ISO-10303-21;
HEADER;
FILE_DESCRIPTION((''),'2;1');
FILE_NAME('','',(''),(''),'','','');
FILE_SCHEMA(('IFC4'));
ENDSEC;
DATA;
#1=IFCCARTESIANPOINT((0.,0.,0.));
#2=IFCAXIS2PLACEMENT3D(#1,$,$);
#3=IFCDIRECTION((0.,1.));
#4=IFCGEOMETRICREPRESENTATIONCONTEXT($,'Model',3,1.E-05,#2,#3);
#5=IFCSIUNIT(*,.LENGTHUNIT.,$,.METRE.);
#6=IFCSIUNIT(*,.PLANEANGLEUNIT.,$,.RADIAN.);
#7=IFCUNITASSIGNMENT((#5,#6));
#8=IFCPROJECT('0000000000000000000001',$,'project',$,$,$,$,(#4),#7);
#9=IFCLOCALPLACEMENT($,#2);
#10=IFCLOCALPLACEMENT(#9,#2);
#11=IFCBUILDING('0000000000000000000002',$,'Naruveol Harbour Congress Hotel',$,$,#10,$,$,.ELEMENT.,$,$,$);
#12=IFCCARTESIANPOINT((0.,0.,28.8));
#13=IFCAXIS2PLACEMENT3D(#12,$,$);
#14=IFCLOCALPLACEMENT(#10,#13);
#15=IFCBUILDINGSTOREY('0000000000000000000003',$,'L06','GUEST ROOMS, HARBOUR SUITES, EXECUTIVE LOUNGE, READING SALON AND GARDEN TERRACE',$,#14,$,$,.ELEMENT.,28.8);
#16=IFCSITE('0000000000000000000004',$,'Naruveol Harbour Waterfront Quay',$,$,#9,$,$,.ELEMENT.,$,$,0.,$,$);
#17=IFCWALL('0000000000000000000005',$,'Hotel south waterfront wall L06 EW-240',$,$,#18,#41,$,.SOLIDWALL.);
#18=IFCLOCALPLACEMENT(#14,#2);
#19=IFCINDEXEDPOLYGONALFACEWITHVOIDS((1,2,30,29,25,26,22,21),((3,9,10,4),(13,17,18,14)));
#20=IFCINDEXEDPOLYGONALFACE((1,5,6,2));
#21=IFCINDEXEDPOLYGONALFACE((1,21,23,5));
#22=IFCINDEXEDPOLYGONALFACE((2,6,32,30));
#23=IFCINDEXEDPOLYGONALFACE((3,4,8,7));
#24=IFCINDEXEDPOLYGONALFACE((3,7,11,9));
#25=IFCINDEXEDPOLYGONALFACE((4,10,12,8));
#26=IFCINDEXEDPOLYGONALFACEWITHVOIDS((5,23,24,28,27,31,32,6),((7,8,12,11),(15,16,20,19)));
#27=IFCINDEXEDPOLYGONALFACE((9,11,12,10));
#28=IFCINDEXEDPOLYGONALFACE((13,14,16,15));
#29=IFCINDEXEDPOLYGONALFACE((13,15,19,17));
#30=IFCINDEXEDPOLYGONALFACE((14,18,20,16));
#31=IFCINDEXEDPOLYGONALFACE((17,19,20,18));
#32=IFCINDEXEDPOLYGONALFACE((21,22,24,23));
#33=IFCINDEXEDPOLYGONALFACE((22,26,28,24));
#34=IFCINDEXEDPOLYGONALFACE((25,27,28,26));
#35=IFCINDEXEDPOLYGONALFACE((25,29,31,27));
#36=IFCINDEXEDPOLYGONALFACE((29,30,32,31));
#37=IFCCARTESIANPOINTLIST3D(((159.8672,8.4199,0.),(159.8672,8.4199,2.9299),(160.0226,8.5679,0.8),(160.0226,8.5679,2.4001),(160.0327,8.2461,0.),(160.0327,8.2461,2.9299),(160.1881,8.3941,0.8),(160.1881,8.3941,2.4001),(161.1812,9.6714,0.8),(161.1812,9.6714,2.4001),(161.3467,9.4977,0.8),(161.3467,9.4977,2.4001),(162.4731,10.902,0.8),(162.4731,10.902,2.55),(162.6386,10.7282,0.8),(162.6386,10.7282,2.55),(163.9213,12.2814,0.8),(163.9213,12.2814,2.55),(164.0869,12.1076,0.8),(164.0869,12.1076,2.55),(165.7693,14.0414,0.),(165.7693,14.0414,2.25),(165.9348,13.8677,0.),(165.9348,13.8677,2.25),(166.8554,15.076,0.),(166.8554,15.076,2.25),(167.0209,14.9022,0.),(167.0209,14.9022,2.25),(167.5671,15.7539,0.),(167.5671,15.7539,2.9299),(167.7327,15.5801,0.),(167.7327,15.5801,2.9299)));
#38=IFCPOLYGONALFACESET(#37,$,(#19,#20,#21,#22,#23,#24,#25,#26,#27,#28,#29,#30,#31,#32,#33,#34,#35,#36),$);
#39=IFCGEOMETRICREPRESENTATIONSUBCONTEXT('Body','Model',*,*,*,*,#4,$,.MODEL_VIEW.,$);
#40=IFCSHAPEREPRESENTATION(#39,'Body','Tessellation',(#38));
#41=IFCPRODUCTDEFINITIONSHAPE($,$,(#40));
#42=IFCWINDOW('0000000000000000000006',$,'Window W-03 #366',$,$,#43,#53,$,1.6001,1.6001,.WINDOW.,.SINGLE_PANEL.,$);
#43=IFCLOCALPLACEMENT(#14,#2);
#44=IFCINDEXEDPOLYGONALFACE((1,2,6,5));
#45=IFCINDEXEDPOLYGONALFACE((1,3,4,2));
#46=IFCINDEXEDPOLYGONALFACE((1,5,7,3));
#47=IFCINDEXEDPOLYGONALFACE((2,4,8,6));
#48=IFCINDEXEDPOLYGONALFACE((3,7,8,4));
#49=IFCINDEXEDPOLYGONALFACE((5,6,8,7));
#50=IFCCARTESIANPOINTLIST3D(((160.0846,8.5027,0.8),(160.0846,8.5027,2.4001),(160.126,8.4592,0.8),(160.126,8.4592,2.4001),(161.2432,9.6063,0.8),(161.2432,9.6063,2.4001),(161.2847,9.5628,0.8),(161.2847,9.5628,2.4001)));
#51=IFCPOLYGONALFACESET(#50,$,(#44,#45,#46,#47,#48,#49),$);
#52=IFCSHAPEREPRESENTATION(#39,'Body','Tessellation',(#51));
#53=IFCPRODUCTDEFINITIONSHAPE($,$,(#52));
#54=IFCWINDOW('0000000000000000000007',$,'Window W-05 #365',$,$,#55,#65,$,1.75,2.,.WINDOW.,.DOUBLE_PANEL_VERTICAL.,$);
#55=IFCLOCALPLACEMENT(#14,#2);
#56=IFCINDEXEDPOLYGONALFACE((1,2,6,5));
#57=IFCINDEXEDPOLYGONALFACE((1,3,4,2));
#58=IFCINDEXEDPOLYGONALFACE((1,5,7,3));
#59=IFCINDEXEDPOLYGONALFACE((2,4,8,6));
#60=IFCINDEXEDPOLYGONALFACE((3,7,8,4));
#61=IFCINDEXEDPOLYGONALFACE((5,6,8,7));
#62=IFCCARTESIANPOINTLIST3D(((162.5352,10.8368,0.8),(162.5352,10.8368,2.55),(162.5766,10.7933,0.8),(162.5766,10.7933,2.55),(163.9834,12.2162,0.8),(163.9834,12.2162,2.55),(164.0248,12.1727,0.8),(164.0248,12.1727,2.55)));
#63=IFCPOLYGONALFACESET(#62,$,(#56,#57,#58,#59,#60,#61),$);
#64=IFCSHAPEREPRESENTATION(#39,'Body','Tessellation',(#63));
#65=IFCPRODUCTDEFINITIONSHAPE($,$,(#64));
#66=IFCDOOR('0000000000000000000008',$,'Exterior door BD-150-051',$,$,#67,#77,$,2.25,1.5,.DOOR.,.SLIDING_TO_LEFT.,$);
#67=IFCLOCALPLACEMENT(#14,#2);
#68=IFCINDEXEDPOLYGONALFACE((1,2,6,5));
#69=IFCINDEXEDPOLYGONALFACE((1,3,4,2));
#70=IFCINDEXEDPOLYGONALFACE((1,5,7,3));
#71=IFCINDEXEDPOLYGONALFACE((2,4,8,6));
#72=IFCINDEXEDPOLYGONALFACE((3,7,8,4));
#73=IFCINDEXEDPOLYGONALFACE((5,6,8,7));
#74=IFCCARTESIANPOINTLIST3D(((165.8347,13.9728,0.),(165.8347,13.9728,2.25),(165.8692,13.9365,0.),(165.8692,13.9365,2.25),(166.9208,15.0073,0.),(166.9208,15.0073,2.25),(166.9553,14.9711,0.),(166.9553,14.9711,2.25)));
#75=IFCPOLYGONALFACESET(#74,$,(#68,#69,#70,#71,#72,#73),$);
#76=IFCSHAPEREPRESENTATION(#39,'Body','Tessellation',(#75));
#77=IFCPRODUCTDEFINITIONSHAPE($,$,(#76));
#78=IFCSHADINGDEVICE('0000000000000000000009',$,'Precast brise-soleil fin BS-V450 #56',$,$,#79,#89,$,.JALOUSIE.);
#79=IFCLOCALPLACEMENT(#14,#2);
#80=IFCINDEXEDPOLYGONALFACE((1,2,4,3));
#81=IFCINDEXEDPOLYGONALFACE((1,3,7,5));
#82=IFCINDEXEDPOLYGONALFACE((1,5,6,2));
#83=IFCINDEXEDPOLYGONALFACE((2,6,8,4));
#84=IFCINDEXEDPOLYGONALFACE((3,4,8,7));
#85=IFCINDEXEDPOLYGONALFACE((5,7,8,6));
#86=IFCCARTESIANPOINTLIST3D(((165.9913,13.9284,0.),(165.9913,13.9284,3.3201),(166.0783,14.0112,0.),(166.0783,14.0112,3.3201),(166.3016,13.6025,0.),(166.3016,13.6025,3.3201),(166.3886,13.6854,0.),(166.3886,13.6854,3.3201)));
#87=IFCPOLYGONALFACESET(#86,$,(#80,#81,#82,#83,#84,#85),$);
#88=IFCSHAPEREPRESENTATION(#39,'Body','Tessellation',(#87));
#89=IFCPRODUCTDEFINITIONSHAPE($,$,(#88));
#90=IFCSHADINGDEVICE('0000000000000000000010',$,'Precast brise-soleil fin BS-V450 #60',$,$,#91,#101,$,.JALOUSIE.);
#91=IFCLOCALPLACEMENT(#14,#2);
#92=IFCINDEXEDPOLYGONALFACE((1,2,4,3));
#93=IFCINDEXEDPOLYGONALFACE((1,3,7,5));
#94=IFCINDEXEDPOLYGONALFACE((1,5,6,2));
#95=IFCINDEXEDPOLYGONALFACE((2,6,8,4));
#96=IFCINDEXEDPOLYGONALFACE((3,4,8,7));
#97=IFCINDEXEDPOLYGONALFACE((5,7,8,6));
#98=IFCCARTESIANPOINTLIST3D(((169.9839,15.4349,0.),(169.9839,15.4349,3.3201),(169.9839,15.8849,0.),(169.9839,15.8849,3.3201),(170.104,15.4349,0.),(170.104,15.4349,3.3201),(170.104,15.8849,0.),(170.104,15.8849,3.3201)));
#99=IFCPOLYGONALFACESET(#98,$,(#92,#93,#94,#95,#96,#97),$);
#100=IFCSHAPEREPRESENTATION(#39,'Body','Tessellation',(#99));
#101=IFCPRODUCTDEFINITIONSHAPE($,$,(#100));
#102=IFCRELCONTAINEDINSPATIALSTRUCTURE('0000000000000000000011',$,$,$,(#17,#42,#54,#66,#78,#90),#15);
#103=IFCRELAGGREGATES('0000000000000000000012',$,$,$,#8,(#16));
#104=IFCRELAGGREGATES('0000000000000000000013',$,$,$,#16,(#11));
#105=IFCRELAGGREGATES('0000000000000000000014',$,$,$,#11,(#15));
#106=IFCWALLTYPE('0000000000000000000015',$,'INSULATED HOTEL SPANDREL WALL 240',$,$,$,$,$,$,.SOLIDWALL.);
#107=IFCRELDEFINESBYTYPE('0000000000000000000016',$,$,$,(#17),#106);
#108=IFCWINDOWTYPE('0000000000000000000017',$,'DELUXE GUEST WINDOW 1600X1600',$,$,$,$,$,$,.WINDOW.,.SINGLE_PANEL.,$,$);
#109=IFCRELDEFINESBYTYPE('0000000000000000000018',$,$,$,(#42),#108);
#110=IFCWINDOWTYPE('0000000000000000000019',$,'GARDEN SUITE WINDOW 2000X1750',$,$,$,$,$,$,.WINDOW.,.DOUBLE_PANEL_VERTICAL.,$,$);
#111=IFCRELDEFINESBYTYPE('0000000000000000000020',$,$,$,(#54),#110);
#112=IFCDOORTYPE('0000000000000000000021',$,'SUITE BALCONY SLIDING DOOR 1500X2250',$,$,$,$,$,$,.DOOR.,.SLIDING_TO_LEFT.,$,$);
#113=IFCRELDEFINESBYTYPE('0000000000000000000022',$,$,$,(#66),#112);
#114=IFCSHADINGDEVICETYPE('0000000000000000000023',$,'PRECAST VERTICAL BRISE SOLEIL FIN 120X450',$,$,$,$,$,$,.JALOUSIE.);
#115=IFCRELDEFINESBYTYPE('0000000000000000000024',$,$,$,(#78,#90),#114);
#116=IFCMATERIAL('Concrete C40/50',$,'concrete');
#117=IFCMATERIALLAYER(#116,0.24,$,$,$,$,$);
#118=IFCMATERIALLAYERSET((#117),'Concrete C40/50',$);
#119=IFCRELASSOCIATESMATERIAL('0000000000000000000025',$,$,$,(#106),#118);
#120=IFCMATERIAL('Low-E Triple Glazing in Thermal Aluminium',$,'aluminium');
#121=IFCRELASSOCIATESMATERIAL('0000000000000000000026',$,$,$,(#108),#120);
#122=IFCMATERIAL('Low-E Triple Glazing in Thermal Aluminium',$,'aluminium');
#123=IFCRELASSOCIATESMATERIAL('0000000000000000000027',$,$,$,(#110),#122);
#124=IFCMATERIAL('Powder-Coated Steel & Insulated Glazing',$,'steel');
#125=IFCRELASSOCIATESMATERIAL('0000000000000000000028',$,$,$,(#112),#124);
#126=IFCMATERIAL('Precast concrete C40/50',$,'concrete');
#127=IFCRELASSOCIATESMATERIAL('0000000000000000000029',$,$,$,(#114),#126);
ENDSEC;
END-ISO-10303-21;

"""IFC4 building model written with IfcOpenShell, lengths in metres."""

from ifc_helpers import new_model, si_unit, direction, frame, frame_2d, origin, origin_2d, place, context, subcontext, project, spatial, rectangle, extrude, material, layer, layer_set, type_object, element, fill, save


model = new_model("IFC4")

# Units and contexts
model_context = context("Model", 3, precision=1e-05, world=origin(), true_north=direction((0.0, 1.0)))
body_context = subcontext(model_context, "Body", "Model", "MODEL_VIEW")
ifc_project = project(units=[si_unit("LENGTHUNIT", "METRE"), si_unit("PLANEANGLEUNIT", "RADIAN")], contexts=[model_context])

# Site, building, storey
site_placement = place(None, origin())
site = spatial("IfcSite", under=ifc_project, at=site_placement, Name="Naruveol Harbour Waterfront Quay", CompositionType="ELEMENT", RefElevation=0.0)
building_placement = place(site_placement, origin())
building = spatial("IfcBuilding", under=site, at=building_placement, Name="Naruveol Harbour Congress Hotel", CompositionType="ELEMENT")
storey_placement = place(building_placement, frame((0.0, 0.0, 28.8)))
storey = spatial("IfcBuildingStorey", under=building, at=storey_placement, Name="L06", Description="GUEST ROOMS, HARBOUR SUITES, EXECUTIVE LOUNGE, READING SALON AND GARDEN TERRACE", CompositionType="ELEMENT", Elevation=28.8)

# Wall, openings, windows, door
ifc_material_1 = material(Name="Concrete C40/50", Category="concrete")
ifc_layer_1 = layer(ifc_material_1, 0.24)
ifc_layer_set_1 = layer_set([ifc_layer_1], Name="Concrete C40/50")
wall_type_1 = type_object("IfcWallType", Name="INSULATED HOTEL SPANDREL WALL 240", PredefinedType="SOLIDWALL", material=ifc_layer_set_1)
wall_1_placement = place(storey_placement, frame((167.6499, 15.667, 0.0), z_axis=(0.0, 0.0, 1.0), x_axis=(-0.724105, -0.68969, 0.0)))
wall_1 = element("IfcWall", 1, at=wall_1_placement, inside=storey, type_object=wall_type_1, Name="Hotel south waterfront wall L06 EW-240", PredefinedType="SOLIDWALL", context=body_context, shape_type="SweptSolid", body=[
    extrude(rectangle(XDim=10.6338, YDim=0.24, at=frame_2d((5.3169, 0.0))), origin(), (0.0, 0.0, 1.0), 2.9299),
])
opening_1_placement = place(wall_1_placement, frame((0.9829, 0.0, 0.0)))
opening_1 = element("IfcOpeningElement", 2, at=opening_1_placement, cuts=wall_1, PredefinedType="OPENING", context=body_context, shape_type="SweptSolid", body=[
    extrude(rectangle(XDim=1.5, YDim=2.25, at=frame_2d((0.75, 1.125))), frame((0.0, 0.1299, 0.0), z_axis=(0.0, -1.0, 0.0), x_axis=(1.0, 0.0, 0.0)), (0.0, 0.0, 1.0), 0.26),
])
opening_2_placement = place(wall_1_placement, frame((5.0349, 0.0, 0.8)))
opening_2 = element("IfcOpeningElement", 3, at=opening_2_placement, cuts=wall_1, PredefinedType="OPENING", context=body_context, shape_type="SweptSolid", body=[
    extrude(rectangle(XDim=2.0, YDim=1.75, at=frame_2d((1.0, 0.875))), frame((0.0, 0.1299, 0.0), z_axis=(0.0, -1.0, 0.0), x_axis=(1.0, 0.0, 0.0)), (0.0, 0.0, 1.0), 0.26),
])
opening_3_placement = place(wall_1_placement, frame((8.8191, 0.0, 0.8)))
opening_3 = element("IfcOpeningElement", 4, at=opening_3_placement, cuts=wall_1, PredefinedType="OPENING", context=body_context, shape_type="SweptSolid", body=[
    extrude(rectangle(XDim=1.6001, YDim=1.6001, at=frame_2d((0.8, 0.8))), frame((0.0, 0.1299, 0.0), z_axis=(0.0, -1.0, 0.0), x_axis=(1.0, 0.0, 0.0)), (0.0, 0.0, 1.0), 0.26),
])
ifc_material_2 = material(Name="Low-E Triple Glazing in Thermal Aluminium", Category="aluminium")
window_type_1 = type_object("IfcWindowType", Name="DELUXE GUEST WINDOW 1600X1600", PartitioningType="SINGLE_PANEL", PredefinedType="WINDOW", material=ifc_material_2)
window_1_placement = place(opening_3_placement, origin())
window_1 = element("IfcWindow", 5, at=window_1_placement, inside=storey, type_object=window_type_1, Name="Window W-03 #366", OverallHeight=1.6001, OverallWidth=1.6001, PartitioningType="SINGLE_PANEL", PredefinedType="WINDOW", context=body_context, shape_type="SweptSolid", body=[
    extrude(rectangle(XDim=1.6001, YDim=1.6001, at=frame_2d((0.8, 0.8))), frame((0.0, 0.03, 0.0), z_axis=(0.0, -1.0, 0.0), x_axis=(1.0, 0.0, 0.0)), (0.0, 0.0, 1.0), 0.0601),
])
fill(opening_3, window_1)
ifc_material_3 = material(Name="Low-E Triple Glazing in Thermal Aluminium", Category="aluminium")
window_type_2 = type_object("IfcWindowType", Name="GARDEN SUITE WINDOW 2000X1750", PartitioningType="DOUBLE_PANEL_VERTICAL", PredefinedType="WINDOW", material=ifc_material_3)
window_2_placement = place(opening_2_placement, origin())
window_2 = element("IfcWindow", 6, at=window_2_placement, inside=storey, type_object=window_type_2, Name="Window W-05 #365", OverallHeight=1.75, OverallWidth=2.0, PartitioningType="DOUBLE_PANEL_VERTICAL", PredefinedType="WINDOW", context=body_context, shape_type="SweptSolid", body=[
    extrude(rectangle(XDim=2.0, YDim=1.75, at=frame_2d((1.0, 0.875))), frame((0.0, 0.03, 0.0), z_axis=(0.0, -1.0, 0.0), x_axis=(1.0, 0.0, 0.0)), (0.0, 0.0, 1.0), 0.0601),
])
fill(opening_2, window_2)
ifc_material_4 = material(Name="Powder-Coated Steel & Insulated Glazing", Category="steel")
door_type_1 = type_object("IfcDoorType", Name="SUITE BALCONY SLIDING DOOR 1500X2250", OperationType="SLIDING_TO_LEFT", PredefinedType="DOOR", material=ifc_material_4)
door_1_placement = place(opening_1_placement, origin())
door_1 = element("IfcDoor", 7, at=door_1_placement, inside=storey, type_object=door_type_1, Name="Exterior door BD-150-051", OperationType="SLIDING_TO_LEFT", OverallHeight=2.25, OverallWidth=1.5, PredefinedType="DOOR", context=body_context, shape_type="SweptSolid", body=[
    extrude(rectangle(XDim=1.5, YDim=2.25, at=frame_2d((0.75, 1.125))), frame((0.0, 0.0249, 0.0), z_axis=(0.0, -1.0, 0.0), x_axis=(1.0, 0.0, 0.0)), (0.0, 0.0, 1.0), 0.05),
])
fill(opening_1, door_1)

# Shading devices
ifc_material_5 = material(Name="Precast concrete C40/50", Category="concrete")
shading_device_type = type_object("IfcShadingDeviceType", Name="PRECAST VERTICAL BRISE SOLEIL FIN 120X450", PredefinedType="JALOUSIE", material=ifc_material_5)
for number, where, z_axis, x_axis, name in (
    (8, (166.1899, 13.8069, 0.0), (0.0, 0.0, 1.0), (-0.724172, -0.68962, 0.0), "Precast brise-soleil fin BS-V450 #56"),
    (9, (170.0439, 15.6599, 0.0), (0.0, 0.0, 1.0), (-1.0, 0.0, 0.0), "Precast brise-soleil fin BS-V450 #60"),
):
    element("IfcShadingDevice", number, at=place(storey_placement, frame(where, z_axis=z_axis, x_axis=x_axis)), inside=storey, type_object=shading_device_type, Name=name, PredefinedType="JALOUSIE", context=body_context, shape_type="SweptSolid", body=[
        extrude(rectangle(XDim=0.1201, YDim=0.45, at=origin_2d()), origin(), (0.0, 0.0, 1.0), 3.3201),
    ])

save(model, "model.ifc")
